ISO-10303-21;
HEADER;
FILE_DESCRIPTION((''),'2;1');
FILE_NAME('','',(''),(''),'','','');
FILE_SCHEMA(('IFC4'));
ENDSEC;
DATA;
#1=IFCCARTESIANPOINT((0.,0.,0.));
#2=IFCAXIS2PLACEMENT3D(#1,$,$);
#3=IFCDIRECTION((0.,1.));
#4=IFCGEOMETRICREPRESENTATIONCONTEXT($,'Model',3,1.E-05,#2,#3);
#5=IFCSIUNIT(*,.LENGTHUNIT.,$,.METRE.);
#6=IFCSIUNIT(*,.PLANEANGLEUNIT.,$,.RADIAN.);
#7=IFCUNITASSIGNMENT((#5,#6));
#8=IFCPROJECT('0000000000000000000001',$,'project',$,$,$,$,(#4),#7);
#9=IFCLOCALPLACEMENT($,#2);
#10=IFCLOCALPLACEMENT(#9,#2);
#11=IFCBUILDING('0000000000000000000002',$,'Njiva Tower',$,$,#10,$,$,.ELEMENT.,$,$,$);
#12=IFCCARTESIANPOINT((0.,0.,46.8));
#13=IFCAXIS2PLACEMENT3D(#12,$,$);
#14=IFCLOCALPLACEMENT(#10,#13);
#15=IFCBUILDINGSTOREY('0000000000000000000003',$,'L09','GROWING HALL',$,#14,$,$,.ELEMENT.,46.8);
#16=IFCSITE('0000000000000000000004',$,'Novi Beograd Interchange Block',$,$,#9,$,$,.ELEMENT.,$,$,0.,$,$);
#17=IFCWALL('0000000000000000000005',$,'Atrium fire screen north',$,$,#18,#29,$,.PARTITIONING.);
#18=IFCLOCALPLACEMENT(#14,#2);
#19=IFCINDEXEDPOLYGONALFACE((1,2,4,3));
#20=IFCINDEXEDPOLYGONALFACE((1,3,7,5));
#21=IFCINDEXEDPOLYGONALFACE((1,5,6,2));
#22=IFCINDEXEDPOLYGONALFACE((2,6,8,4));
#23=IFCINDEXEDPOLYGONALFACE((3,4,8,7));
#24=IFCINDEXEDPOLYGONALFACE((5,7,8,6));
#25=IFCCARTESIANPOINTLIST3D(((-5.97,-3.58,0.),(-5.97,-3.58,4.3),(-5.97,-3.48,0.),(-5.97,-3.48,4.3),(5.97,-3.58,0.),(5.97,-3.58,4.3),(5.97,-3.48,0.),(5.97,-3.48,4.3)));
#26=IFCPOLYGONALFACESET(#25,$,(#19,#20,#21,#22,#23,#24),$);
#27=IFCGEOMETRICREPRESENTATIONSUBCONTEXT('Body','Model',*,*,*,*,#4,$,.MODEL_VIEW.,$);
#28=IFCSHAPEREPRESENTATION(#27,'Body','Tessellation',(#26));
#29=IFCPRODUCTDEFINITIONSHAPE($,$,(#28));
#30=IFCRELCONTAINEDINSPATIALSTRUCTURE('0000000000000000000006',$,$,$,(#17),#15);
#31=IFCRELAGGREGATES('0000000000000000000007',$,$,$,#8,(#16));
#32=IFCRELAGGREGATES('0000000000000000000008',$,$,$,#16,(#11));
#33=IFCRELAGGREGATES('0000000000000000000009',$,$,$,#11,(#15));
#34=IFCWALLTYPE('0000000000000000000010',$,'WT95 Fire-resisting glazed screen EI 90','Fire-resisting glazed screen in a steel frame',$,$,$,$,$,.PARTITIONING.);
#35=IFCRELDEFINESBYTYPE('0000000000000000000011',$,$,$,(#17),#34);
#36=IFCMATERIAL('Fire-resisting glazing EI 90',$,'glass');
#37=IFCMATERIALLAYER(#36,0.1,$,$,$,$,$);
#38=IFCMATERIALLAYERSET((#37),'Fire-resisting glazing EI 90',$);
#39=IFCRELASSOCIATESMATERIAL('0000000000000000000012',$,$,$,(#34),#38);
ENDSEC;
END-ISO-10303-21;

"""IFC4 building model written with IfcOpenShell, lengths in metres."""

from ifc_helpers import new_model, si_unit, direction, frame, frame_2d, origin, place, context, subcontext, project, spatial, rectangle, extrude, material, layer, layer_set, type_object, element, save


model = new_model("IFC4")

# Units and contexts
model_context = context("Model", 3, precision=1e-05, world=origin(), true_north=direction((0.0, 1.0)))
body_context = subcontext(model_context, "Body", "Model", "MODEL_VIEW")
ifc_project = project(units=[si_unit("LENGTHUNIT", "METRE"), si_unit("PLANEANGLEUNIT", "RADIAN")], contexts=[model_context])

# Site, building, storey
site_placement = place(None, origin())
site = spatial("IfcSite", under=ifc_project, at=site_placement, Name="Novi Beograd Interchange Block", CompositionType="ELEMENT", RefElevation=0.0)
building_placement = place(site_placement, origin())
building = spatial("IfcBuilding", under=site, at=building_placement, Name="Njiva Tower", CompositionType="ELEMENT")
storey_placement = place(building_placement, frame((0.0, 0.0, 46.8)))
storey = spatial("IfcBuildingStorey", under=building, at=storey_placement, Name="L09", Description="GROWING HALL", CompositionType="ELEMENT", Elevation=46.8)

# Wall
ifc_material_1 = material(Name="Fire-resisting glazing EI 90", Category="glass")
ifc_layer_1 = layer(ifc_material_1, 0.1)
ifc_layer_set_1 = layer_set([ifc_layer_1], Name="Fire-resisting glazing EI 90")
wall_type_1 = type_object("IfcWallType", Name="WT95 Fire-resisting glazed screen EI 90", Description="Fire-resisting glazed screen in a steel frame", PredefinedType="PARTITIONING", material=ifc_layer_set_1)
wall_1_placement = place(storey_placement, frame((5.97, -3.53, 0.0), z_axis=(0.0, 0.0, 1.0), x_axis=(-1.0, 0.0, 0.0)))
element("IfcWall", 1, at=wall_1_placement, inside=storey, type_object=wall_type_1, Name="Atrium fire screen north", PredefinedType="PARTITIONING", context=body_context, shape_type="SweptSolid", body=[
    extrude(rectangle(XDim=11.94, YDim=0.1, at=frame_2d((5.97, 0.0))), origin(), (0.0, 0.0, 1.0), 4.3),
])

save(model, "model.ifc")
